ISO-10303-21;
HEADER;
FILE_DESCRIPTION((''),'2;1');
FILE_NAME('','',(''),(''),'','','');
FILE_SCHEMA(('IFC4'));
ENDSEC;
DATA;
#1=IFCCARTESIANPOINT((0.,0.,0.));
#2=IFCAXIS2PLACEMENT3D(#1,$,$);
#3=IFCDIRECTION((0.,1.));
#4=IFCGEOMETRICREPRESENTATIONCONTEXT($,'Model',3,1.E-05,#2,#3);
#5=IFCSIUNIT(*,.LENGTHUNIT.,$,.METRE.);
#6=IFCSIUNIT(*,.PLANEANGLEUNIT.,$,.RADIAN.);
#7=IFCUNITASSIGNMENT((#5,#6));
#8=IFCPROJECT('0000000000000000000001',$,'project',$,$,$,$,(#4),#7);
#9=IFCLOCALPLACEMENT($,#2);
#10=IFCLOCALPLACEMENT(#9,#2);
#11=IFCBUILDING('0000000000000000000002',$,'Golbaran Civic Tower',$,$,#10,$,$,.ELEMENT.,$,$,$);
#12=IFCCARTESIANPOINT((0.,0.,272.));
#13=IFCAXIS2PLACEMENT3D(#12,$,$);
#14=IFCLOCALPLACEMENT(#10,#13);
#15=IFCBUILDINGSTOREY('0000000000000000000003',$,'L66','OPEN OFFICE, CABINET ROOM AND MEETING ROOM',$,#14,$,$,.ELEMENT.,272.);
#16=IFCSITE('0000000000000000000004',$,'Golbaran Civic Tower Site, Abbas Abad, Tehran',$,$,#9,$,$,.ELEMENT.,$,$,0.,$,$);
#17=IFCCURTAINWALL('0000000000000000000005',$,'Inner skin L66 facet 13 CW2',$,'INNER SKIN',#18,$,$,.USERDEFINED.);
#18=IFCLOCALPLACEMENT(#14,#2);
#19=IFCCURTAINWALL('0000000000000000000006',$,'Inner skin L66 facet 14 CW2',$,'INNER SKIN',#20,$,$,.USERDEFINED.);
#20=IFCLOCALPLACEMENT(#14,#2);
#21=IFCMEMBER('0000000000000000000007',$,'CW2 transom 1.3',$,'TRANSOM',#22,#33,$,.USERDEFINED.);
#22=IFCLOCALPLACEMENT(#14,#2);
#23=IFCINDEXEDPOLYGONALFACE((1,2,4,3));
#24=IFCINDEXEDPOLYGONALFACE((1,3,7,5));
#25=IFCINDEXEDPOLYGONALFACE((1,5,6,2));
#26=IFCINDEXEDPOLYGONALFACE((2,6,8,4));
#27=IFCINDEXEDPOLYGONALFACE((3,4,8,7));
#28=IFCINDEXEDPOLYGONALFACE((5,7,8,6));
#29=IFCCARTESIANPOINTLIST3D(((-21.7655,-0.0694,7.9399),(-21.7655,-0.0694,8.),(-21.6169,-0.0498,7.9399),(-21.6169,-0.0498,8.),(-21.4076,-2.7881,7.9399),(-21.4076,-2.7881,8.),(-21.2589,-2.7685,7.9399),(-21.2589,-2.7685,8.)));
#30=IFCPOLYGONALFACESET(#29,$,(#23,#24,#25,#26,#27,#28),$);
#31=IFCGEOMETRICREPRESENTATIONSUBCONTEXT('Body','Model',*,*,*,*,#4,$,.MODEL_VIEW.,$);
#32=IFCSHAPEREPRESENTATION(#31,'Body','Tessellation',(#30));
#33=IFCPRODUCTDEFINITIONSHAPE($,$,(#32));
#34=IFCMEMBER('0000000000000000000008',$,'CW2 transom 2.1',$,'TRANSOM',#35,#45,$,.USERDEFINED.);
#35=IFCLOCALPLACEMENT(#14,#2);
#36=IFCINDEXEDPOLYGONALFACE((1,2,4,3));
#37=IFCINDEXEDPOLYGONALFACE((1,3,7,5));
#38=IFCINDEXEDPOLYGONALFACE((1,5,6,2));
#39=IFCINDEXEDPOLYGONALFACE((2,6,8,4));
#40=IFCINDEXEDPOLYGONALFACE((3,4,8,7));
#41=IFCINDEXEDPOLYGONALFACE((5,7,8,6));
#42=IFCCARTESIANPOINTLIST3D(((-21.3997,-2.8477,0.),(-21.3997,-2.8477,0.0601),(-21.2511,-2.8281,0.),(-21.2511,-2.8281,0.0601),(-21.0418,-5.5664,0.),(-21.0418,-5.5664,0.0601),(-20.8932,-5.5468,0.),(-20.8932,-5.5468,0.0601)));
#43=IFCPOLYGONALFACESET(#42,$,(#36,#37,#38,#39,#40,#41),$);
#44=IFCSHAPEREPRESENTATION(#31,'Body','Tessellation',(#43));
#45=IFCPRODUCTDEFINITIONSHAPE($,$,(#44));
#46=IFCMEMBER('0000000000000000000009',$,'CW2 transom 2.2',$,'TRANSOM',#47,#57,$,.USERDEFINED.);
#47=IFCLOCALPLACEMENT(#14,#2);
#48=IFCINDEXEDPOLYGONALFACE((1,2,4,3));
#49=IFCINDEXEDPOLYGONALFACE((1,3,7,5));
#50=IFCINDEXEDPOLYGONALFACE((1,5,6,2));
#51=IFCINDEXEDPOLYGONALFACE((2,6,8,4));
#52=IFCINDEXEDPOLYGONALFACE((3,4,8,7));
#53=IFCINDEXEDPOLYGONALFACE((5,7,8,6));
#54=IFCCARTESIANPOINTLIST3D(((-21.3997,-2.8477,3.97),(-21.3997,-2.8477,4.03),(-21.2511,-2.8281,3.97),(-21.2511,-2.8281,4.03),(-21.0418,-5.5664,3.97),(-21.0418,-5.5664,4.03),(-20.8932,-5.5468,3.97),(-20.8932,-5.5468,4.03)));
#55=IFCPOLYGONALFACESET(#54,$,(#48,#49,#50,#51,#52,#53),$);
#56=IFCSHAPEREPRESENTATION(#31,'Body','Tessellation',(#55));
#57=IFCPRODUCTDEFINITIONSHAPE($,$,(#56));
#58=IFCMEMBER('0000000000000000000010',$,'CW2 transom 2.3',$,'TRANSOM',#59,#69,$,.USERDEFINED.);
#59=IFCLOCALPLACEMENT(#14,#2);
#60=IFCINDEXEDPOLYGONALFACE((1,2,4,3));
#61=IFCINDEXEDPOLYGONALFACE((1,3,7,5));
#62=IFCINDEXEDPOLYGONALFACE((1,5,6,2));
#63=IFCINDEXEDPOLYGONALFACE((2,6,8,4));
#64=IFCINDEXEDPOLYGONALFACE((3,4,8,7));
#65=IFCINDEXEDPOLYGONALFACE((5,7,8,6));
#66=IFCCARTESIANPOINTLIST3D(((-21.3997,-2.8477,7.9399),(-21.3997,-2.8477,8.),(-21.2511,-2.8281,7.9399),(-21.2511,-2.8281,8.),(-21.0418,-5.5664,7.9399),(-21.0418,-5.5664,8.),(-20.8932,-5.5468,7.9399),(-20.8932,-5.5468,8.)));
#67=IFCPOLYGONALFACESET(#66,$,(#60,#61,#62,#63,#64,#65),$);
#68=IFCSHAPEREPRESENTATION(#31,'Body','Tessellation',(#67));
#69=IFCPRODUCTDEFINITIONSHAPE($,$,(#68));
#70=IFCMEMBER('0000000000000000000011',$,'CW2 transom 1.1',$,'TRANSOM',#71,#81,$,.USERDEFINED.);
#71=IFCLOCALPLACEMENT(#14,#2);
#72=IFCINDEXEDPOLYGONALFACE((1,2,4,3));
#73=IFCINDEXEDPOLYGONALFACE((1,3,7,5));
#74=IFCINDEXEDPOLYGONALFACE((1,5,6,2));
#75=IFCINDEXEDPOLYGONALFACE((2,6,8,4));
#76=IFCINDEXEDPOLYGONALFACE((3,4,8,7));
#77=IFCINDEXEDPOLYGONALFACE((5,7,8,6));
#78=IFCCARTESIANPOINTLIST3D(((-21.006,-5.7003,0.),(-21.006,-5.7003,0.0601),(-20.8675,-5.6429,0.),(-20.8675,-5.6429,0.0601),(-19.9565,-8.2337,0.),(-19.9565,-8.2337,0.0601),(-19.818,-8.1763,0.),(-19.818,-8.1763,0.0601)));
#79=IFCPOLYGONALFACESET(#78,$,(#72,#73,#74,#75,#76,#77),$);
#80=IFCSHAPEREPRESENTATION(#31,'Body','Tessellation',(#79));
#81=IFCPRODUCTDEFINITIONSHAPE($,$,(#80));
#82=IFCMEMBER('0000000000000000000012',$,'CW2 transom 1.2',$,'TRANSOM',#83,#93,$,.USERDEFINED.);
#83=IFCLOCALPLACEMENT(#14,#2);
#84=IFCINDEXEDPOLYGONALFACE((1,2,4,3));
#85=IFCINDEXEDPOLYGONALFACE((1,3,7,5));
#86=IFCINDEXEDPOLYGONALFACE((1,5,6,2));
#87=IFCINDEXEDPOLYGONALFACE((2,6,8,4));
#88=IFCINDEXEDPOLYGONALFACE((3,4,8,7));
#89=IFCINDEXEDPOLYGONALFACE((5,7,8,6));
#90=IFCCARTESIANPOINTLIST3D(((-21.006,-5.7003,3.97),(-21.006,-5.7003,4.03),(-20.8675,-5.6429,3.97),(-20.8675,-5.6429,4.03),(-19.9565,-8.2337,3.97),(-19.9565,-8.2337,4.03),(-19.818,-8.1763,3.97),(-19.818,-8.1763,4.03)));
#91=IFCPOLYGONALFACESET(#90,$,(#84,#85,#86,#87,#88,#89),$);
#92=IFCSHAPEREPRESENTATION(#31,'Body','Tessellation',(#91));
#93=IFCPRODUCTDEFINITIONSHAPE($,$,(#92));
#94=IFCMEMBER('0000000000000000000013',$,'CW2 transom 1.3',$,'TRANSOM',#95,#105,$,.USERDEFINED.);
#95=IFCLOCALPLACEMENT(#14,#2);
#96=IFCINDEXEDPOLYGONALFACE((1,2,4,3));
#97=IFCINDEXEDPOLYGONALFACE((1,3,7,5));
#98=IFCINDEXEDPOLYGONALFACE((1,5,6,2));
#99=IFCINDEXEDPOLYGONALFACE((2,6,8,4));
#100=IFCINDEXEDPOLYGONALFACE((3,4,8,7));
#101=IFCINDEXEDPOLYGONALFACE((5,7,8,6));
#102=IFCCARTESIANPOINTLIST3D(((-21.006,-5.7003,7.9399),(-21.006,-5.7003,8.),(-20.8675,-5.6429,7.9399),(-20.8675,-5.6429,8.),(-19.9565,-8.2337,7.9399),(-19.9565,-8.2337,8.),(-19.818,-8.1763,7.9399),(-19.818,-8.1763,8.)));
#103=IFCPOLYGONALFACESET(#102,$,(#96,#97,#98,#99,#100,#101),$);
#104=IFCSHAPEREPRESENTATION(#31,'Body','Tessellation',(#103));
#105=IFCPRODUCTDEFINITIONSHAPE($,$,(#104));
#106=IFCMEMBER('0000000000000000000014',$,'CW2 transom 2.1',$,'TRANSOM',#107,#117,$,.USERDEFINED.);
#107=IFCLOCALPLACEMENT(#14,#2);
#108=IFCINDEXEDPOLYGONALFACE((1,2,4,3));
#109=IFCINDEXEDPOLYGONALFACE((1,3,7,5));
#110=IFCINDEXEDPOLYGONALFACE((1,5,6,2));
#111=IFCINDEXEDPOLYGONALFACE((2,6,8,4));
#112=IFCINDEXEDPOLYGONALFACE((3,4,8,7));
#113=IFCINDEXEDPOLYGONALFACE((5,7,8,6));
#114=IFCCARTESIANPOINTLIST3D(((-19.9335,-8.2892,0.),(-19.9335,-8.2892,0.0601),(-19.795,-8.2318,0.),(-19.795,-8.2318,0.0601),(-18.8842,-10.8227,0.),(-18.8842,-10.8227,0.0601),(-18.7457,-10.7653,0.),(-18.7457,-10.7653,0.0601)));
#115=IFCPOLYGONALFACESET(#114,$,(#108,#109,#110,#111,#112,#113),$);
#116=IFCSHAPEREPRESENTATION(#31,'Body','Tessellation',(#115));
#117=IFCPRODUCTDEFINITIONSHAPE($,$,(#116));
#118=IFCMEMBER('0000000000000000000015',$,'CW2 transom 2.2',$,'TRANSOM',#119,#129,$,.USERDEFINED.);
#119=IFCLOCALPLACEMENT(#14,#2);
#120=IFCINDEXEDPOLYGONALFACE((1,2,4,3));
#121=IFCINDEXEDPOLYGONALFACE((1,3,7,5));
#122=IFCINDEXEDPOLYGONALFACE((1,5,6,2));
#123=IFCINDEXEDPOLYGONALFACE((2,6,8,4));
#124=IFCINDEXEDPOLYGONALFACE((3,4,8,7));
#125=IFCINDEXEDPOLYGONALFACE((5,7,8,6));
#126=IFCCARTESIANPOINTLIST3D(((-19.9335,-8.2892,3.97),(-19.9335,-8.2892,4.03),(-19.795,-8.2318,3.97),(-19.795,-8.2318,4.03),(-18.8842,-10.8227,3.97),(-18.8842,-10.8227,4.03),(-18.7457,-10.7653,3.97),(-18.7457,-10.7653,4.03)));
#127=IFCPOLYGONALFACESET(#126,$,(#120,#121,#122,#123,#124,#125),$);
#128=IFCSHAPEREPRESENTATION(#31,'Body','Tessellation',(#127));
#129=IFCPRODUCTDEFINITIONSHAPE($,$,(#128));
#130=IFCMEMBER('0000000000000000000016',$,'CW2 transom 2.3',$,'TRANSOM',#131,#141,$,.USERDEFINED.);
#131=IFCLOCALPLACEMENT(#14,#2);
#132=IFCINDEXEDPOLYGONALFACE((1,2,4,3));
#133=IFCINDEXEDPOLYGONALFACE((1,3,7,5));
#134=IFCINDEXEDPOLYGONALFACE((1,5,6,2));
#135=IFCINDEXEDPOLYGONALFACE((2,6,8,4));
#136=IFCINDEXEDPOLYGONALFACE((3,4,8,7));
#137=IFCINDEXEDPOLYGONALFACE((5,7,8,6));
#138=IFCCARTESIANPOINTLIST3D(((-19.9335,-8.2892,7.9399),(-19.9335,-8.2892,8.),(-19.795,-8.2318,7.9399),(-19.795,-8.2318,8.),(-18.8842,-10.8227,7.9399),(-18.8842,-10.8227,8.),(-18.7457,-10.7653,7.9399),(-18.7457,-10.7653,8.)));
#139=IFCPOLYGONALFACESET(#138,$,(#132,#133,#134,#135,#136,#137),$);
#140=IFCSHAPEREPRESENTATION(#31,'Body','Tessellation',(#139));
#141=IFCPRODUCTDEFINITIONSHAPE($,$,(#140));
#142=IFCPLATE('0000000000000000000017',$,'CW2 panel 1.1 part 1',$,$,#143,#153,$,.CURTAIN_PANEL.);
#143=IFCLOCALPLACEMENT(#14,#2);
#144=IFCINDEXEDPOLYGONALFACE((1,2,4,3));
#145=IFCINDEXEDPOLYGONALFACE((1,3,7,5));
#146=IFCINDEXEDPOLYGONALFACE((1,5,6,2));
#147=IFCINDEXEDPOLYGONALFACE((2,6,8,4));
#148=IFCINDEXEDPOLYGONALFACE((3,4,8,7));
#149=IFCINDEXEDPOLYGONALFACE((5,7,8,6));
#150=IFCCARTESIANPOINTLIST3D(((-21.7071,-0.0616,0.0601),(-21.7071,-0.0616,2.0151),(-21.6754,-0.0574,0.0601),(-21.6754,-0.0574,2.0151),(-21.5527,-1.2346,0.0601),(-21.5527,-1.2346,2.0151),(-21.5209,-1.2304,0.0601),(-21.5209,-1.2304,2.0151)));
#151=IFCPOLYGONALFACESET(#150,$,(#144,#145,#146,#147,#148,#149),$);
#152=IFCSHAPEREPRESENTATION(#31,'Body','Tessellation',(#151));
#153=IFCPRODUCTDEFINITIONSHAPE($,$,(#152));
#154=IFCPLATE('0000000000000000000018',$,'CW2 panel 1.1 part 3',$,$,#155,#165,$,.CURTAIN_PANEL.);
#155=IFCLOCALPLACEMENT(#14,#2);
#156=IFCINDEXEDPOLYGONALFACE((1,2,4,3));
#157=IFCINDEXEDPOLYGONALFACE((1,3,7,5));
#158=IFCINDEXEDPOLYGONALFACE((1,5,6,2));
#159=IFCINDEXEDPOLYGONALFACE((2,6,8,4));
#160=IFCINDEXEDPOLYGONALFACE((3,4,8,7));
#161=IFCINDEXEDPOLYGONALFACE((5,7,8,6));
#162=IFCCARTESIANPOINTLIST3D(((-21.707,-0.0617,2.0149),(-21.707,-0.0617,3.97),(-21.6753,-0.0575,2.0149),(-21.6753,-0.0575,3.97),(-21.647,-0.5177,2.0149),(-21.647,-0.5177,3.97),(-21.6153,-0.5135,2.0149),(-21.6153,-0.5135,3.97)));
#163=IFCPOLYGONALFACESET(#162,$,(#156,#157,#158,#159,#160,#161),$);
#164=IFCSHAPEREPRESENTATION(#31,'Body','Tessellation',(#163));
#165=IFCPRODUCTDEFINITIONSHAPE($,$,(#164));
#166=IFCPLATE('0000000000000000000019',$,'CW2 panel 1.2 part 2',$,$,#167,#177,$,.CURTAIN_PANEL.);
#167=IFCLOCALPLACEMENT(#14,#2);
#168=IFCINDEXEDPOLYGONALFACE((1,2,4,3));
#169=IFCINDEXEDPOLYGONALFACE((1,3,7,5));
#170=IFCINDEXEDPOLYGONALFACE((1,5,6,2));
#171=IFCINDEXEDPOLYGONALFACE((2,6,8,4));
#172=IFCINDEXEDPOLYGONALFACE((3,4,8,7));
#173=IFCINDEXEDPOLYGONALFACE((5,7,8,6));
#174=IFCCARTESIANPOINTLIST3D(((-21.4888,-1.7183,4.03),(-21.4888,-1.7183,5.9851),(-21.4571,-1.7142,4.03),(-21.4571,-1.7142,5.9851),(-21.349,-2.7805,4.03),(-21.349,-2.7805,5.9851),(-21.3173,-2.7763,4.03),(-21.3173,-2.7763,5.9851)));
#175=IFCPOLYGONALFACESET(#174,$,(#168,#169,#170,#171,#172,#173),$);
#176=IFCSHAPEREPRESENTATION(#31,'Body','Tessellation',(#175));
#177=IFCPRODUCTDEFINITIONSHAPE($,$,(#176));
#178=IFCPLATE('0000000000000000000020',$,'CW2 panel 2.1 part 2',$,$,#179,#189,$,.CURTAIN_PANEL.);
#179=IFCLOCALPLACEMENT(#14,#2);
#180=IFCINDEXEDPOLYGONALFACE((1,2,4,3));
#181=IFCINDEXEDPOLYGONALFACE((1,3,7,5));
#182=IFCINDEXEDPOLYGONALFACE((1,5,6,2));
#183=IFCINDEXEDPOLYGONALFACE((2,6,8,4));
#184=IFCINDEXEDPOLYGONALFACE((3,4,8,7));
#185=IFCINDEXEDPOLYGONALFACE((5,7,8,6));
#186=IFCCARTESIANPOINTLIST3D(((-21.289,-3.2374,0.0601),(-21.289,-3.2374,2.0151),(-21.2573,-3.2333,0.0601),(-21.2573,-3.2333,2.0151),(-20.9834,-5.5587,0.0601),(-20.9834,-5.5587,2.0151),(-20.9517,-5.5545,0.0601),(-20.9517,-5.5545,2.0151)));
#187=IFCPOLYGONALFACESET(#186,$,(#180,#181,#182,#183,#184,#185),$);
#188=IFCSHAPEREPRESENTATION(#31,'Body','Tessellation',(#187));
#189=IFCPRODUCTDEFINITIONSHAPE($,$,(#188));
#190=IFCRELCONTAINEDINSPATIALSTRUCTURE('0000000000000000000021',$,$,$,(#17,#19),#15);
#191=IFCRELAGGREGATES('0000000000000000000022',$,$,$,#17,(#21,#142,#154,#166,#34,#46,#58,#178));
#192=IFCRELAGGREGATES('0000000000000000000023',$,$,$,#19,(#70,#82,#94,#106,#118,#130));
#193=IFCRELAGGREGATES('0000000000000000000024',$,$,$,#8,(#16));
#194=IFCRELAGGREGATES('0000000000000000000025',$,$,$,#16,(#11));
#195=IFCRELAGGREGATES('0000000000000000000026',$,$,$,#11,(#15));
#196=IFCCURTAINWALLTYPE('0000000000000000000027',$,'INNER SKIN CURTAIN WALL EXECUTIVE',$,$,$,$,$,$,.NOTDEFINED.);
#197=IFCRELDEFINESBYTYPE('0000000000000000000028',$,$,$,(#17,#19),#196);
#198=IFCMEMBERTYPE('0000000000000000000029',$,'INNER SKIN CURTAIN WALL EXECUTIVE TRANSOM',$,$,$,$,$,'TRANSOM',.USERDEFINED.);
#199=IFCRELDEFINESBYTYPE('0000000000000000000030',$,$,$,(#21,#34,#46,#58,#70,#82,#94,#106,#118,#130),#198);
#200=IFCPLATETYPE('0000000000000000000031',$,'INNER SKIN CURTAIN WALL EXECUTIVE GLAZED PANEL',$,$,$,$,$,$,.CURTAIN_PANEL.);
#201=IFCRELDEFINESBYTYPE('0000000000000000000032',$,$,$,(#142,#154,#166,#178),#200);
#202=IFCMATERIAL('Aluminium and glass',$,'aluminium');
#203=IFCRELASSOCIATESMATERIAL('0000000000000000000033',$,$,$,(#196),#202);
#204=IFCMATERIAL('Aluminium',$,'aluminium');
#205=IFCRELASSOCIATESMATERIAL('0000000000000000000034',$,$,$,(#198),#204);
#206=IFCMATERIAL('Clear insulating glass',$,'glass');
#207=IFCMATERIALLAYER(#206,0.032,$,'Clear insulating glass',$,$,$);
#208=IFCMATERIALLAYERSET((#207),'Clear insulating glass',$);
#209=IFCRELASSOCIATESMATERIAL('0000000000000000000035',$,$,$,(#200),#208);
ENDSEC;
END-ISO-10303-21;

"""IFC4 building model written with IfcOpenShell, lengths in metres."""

from ifc_helpers import new_model, si_unit, direction, frame, origin, origin_2d, place, context, subcontext, project, spatial, rectangle, extrude, material, layer, layer_set, material_profile, profile_set, type_object, element, aggregate, save


model = new_model("IFC4")

# Units and contexts
model_context = context("Model", 3, precision=1e-05, world=origin(), true_north=direction((0.0, 1.0)))
body_context = subcontext(model_context, "Body", "Model", "MODEL_VIEW")
ifc_project = project(units=[si_unit("LENGTHUNIT", "METRE"), si_unit("PLANEANGLEUNIT", "RADIAN")], contexts=[model_context])

# Site, building, storey
site_placement = place(None, origin())
site = spatial("IfcSite", under=ifc_project, at=site_placement, Name="Golbaran Civic Tower Site, Abbas Abad, Tehran", CompositionType="ELEMENT", RefElevation=0.0)
building_placement = place(site_placement, origin())
building = spatial("IfcBuilding", under=site, at=building_placement, Name="Golbaran Civic Tower", CompositionType="ELEMENT")
storey_placement = place(building_placement, frame((0.0, 0.0, 272.0)))
storey = spatial("IfcBuildingStorey", under=building, at=storey_placement, Name="L66", Description="OPEN OFFICE, CABINET ROOM AND MEETING ROOM", CompositionType="ELEMENT", Elevation=272.0)

# Curtain walls
ifc_material_1 = material(Name="Aluminium and glass", Category="aluminium")
curtain_wall_type = type_object("IfcCurtainWallType", Name="INNER SKIN CURTAIN WALL EXECUTIVE", PredefinedType="NOTDEFINED", material=ifc_material_1)
curtain_wall_1_placement = place(storey_placement, origin())
curtain_wall_1 = element("IfcCurtainWall", 1, at=curtain_wall_1_placement, inside=storey, type_object=curtain_wall_type, Name="Inner skin L66 facet 13 CW2", ObjectType="INNER SKIN", PredefinedType="USERDEFINED")
ifc_material_2 = material(Name="Aluminium", Category="aluminium")
curtain_wall_2_placement = place(storey_placement, origin())
curtain_wall_2 = element("IfcCurtainWall", 2, at=curtain_wall_2_placement, inside=storey, type_object=curtain_wall_type, Name="Inner skin L66 facet 14 CW2", ObjectType="INNER SKIN", PredefinedType="USERDEFINED")

# Members
ifc_material_profile_1 = material_profile(ifc_material_2, rectangle(XDim=0.1499, YDim=0.0601, at=origin_2d()), Name="INNER SKIN CURTAIN WALL EXECUTIVE TRANSOM")
ifc_profile_set_1 = profile_set([ifc_material_profile_1], Name="Aluminium")
member_type_1 = type_object("IfcMemberType", Name="INNER SKIN CURTAIN WALL EXECUTIVE TRANSOM", ElementType="TRANSOM", PredefinedType="USERDEFINED", material=ifc_profile_set_1)
member_1_placement = place(storey_placement, frame((-21.6912, -0.0596, 7.97), z_axis=(0.130519, -0.991446, 0.0), x_axis=(0.991446, 0.130519, 0.0)))
member_1 = element("IfcMember", 3, at=member_1_placement, type_object=member_type_1, Name="CW2 transom 1.3", ObjectType="TRANSOM", PredefinedType="USERDEFINED", context=body_context, shape_type="SweptSolid", body=[
    extrude(rectangle(XDim=0.1499, YDim=0.0601, at=origin_2d()), origin(), (0.0, 0.0, 1.0), 2.7422),
])
member_2_placement = place(storey_placement, frame((-21.3254, -2.8379, 0.03), z_axis=(0.130519, -0.991446, 0.0), x_axis=(0.991446, 0.130519, 0.0)))
member_2 = element("IfcMember", 4, at=member_2_placement, type_object=member_type_1, Name="CW2 transom 2.1", ObjectType="TRANSOM", PredefinedType="USERDEFINED", context=body_context, shape_type="SweptSolid", body=[
    extrude(rectangle(XDim=0.1499, YDim=0.0601, at=origin_2d()), origin(), (0.0, 0.0, 1.0), 2.7422),
])
member_3_placement = place(storey_placement, frame((-21.3254, -2.8379, 4.0), z_axis=(0.130519, -0.991446, 0.0), x_axis=(0.991446, 0.130519, 0.0)))
member_3 = element("IfcMember", 5, at=member_3_placement, type_object=member_type_1, Name="CW2 transom 2.2", ObjectType="TRANSOM", PredefinedType="USERDEFINED", context=body_context, shape_type="SweptSolid", body=[
    extrude(rectangle(XDim=0.1499, YDim=0.0601, at=origin_2d()), origin(), (0.0, 0.0, 1.0), 2.7422),
])
member_4_placement = place(storey_placement, frame((-21.3254, -2.8379, 7.97), z_axis=(0.130519, -0.991446, 0.0), x_axis=(0.991446, 0.130519, 0.0)))
member_4 = element("IfcMember", 6, at=member_4_placement, type_object=member_type_1, Name="CW2 transom 2.3", ObjectType="TRANSOM", PredefinedType="USERDEFINED", context=body_context, shape_type="SweptSolid", body=[
    extrude(rectangle(XDim=0.1499, YDim=0.0601, at=origin_2d()), origin(), (0.0, 0.0, 1.0), 2.7422),
])
member_5_placement = place(storey_placement, frame((-20.9368, -5.6716, 0.03), z_axis=(0.382737, -0.923857, 0.0), x_axis=(0.923857, 0.382737, 0.0)))
member_5 = element("IfcMember", 7, at=member_5_placement, type_object=member_type_1, Name="CW2 transom 1.1", ObjectType="TRANSOM", PredefinedType="USERDEFINED", context=body_context, shape_type="SweptSolid", body=[
    extrude(rectangle(XDim=0.1499, YDim=0.0601, at=origin_2d()), origin(), (0.0, 0.0, 1.0), 2.7422),
])
member_6_placement = place(storey_placement, frame((-20.9368, -5.6716, 4.0), z_axis=(0.382737, -0.923857, 0.0), x_axis=(0.923857, 0.382737, 0.0)))
member_6 = element("IfcMember", 8, at=member_6_placement, type_object=member_type_1, Name="CW2 transom 1.2", ObjectType="TRANSOM", PredefinedType="USERDEFINED", context=body_context, shape_type="SweptSolid", body=[
    extrude(rectangle(XDim=0.1499, YDim=0.0601, at=origin_2d()), origin(), (0.0, 0.0, 1.0), 2.7422),
])
member_7_placement = place(storey_placement, frame((-20.9368, -5.6716, 7.97), z_axis=(0.382737, -0.923857, 0.0), x_axis=(0.923857, 0.382737, 0.0)))
member_7 = element("IfcMember", 9, at=member_7_placement, type_object=member_type_1, Name="CW2 transom 1.3", ObjectType="TRANSOM", PredefinedType="USERDEFINED", context=body_context, shape_type="SweptSolid", body=[
    extrude(rectangle(XDim=0.1499, YDim=0.0601, at=origin_2d()), origin(), (0.0, 0.0, 1.0), 2.7422),
])
member_8_placement = place(storey_placement, frame((-19.8643, -8.2605, 0.03), z_axis=(0.382661, -0.923889, 0.0), x_axis=(0.923889, 0.382661, 0.0)))
member_8 = element("IfcMember", 10, at=member_8_placement, type_object=member_type_1, Name="CW2 transom 2.1", ObjectType="TRANSOM", PredefinedType="USERDEFINED", context=body_context, shape_type="SweptSolid", body=[
    extrude(rectangle(XDim=0.1499, YDim=0.0601, at=origin_2d()), origin(), (0.0, 0.0, 1.0), 2.7422),
])
member_9_placement = place(storey_placement, frame((-19.8643, -8.2605, 4.0), z_axis=(0.382661, -0.923889, 0.0), x_axis=(0.923889, 0.382661, 0.0)))
member_9 = element("IfcMember", 11, at=member_9_placement, type_object=member_type_1, Name="CW2 transom 2.2", ObjectType="TRANSOM", PredefinedType="USERDEFINED", context=body_context, shape_type="SweptSolid", body=[
    extrude(rectangle(XDim=0.1499, YDim=0.0601, at=origin_2d()), origin(), (0.0, 0.0, 1.0), 2.7422),
])
member_10_placement = place(storey_placement, frame((-19.8643, -8.2605, 7.97), z_axis=(0.382661, -0.923889, 0.0), x_axis=(0.923889, 0.382661, 0.0)))
member_10 = element("IfcMember", 12, at=member_10_placement, type_object=member_type_1, Name="CW2 transom 2.3", ObjectType="TRANSOM", PredefinedType="USERDEFINED", context=body_context, shape_type="SweptSolid", body=[
    extrude(rectangle(XDim=0.1499, YDim=0.0601, at=origin_2d()), origin(), (0.0, 0.0, 1.0), 2.7422),
])

# Plates
ifc_material_3 = material(Name="Clear insulating glass", Category="glass")
ifc_layer_1 = layer(ifc_material_3, 0.032, Name="Clear insulating glass")
ifc_layer_set_1 = layer_set([ifc_layer_1], Name="Clear insulating glass")
plate_type_1 = type_object("IfcPlateType", Name="INNER SKIN CURTAIN WALL EXECUTIVE GLAZED PANEL", PredefinedType="CURTAIN_PANEL", material=ifc_layer_set_1)
plate_1_placement = place(storey_placement, frame((-21.614, -0.646, 0.0601), z_axis=(0.0, 0.0, 1.0), x_axis=(0.130526, -0.991445, 0.0)))
plate_1 = element("IfcPlate", 13, at=plate_1_placement, type_object=plate_type_1, Name="CW2 panel 1.1 part 1", PredefinedType="CURTAIN_PANEL", context=body_context, shape_type="SweptSolid", body=[
    extrude(rectangle(XDim=1.1831, YDim=0.032, at=origin_2d()), origin(), (0.0, 0.0, 1.0), 1.9551),
])
plate_2_placement = place(storey_placement, frame((-21.6611, -0.2876, 2.0149), z_axis=(0.0, 0.0, 1.0), x_axis=(0.130526, -0.991445, 0.0)))
plate_2 = element("IfcPlate", 14, at=plate_2_placement, type_object=plate_type_1, Name="CW2 panel 1.1 part 3", PredefinedType="CURTAIN_PANEL", context=body_context, shape_type="SweptSolid", body=[
    extrude(rectangle(XDim=0.46, YDim=0.032, at=origin_2d()), origin(), (0.0, 0.0, 1.0), 1.9551),
])
plate_3_placement = place(storey_placement, frame((-21.4031, -2.2473, 4.03), z_axis=(0.0, 0.0, 1.0), x_axis=(0.130526, -0.991445, 0.0)))
plate_3 = element("IfcPlate", 15, at=plate_3_placement, type_object=plate_type_1, Name="CW2 panel 1.2 part 2", PredefinedType="CURTAIN_PANEL", context=body_context, shape_type="SweptSolid", body=[
    extrude(rectangle(XDim=1.0713, YDim=0.032, at=origin_2d()), origin(), (0.0, 0.0, 1.0), 1.9551),
])
plate_4_placement = place(storey_placement, frame((-21.1204, -4.396, 0.0601), z_axis=(0.0, 0.0, 1.0), x_axis=(0.130526, -0.991445, 0.0)))
plate_4 = element("IfcPlate", 16, at=plate_4_placement, type_object=plate_type_1, Name="CW2 panel 2.1 part 2", PredefinedType="CURTAIN_PANEL", context=body_context, shape_type="SweptSolid", body=[
    extrude(rectangle(XDim=2.3413, YDim=0.032, at=origin_2d()), origin(), (0.0, 0.0, 1.0), 1.9551),
])
aggregate(curtain_wall_1, [member_1, plate_1, plate_2, plate_3, member_2, member_3, member_4, plate_4])
aggregate(curtain_wall_2, [member_5, member_6, member_7, member_8, member_9, member_10])

save(model, "model.ifc")
